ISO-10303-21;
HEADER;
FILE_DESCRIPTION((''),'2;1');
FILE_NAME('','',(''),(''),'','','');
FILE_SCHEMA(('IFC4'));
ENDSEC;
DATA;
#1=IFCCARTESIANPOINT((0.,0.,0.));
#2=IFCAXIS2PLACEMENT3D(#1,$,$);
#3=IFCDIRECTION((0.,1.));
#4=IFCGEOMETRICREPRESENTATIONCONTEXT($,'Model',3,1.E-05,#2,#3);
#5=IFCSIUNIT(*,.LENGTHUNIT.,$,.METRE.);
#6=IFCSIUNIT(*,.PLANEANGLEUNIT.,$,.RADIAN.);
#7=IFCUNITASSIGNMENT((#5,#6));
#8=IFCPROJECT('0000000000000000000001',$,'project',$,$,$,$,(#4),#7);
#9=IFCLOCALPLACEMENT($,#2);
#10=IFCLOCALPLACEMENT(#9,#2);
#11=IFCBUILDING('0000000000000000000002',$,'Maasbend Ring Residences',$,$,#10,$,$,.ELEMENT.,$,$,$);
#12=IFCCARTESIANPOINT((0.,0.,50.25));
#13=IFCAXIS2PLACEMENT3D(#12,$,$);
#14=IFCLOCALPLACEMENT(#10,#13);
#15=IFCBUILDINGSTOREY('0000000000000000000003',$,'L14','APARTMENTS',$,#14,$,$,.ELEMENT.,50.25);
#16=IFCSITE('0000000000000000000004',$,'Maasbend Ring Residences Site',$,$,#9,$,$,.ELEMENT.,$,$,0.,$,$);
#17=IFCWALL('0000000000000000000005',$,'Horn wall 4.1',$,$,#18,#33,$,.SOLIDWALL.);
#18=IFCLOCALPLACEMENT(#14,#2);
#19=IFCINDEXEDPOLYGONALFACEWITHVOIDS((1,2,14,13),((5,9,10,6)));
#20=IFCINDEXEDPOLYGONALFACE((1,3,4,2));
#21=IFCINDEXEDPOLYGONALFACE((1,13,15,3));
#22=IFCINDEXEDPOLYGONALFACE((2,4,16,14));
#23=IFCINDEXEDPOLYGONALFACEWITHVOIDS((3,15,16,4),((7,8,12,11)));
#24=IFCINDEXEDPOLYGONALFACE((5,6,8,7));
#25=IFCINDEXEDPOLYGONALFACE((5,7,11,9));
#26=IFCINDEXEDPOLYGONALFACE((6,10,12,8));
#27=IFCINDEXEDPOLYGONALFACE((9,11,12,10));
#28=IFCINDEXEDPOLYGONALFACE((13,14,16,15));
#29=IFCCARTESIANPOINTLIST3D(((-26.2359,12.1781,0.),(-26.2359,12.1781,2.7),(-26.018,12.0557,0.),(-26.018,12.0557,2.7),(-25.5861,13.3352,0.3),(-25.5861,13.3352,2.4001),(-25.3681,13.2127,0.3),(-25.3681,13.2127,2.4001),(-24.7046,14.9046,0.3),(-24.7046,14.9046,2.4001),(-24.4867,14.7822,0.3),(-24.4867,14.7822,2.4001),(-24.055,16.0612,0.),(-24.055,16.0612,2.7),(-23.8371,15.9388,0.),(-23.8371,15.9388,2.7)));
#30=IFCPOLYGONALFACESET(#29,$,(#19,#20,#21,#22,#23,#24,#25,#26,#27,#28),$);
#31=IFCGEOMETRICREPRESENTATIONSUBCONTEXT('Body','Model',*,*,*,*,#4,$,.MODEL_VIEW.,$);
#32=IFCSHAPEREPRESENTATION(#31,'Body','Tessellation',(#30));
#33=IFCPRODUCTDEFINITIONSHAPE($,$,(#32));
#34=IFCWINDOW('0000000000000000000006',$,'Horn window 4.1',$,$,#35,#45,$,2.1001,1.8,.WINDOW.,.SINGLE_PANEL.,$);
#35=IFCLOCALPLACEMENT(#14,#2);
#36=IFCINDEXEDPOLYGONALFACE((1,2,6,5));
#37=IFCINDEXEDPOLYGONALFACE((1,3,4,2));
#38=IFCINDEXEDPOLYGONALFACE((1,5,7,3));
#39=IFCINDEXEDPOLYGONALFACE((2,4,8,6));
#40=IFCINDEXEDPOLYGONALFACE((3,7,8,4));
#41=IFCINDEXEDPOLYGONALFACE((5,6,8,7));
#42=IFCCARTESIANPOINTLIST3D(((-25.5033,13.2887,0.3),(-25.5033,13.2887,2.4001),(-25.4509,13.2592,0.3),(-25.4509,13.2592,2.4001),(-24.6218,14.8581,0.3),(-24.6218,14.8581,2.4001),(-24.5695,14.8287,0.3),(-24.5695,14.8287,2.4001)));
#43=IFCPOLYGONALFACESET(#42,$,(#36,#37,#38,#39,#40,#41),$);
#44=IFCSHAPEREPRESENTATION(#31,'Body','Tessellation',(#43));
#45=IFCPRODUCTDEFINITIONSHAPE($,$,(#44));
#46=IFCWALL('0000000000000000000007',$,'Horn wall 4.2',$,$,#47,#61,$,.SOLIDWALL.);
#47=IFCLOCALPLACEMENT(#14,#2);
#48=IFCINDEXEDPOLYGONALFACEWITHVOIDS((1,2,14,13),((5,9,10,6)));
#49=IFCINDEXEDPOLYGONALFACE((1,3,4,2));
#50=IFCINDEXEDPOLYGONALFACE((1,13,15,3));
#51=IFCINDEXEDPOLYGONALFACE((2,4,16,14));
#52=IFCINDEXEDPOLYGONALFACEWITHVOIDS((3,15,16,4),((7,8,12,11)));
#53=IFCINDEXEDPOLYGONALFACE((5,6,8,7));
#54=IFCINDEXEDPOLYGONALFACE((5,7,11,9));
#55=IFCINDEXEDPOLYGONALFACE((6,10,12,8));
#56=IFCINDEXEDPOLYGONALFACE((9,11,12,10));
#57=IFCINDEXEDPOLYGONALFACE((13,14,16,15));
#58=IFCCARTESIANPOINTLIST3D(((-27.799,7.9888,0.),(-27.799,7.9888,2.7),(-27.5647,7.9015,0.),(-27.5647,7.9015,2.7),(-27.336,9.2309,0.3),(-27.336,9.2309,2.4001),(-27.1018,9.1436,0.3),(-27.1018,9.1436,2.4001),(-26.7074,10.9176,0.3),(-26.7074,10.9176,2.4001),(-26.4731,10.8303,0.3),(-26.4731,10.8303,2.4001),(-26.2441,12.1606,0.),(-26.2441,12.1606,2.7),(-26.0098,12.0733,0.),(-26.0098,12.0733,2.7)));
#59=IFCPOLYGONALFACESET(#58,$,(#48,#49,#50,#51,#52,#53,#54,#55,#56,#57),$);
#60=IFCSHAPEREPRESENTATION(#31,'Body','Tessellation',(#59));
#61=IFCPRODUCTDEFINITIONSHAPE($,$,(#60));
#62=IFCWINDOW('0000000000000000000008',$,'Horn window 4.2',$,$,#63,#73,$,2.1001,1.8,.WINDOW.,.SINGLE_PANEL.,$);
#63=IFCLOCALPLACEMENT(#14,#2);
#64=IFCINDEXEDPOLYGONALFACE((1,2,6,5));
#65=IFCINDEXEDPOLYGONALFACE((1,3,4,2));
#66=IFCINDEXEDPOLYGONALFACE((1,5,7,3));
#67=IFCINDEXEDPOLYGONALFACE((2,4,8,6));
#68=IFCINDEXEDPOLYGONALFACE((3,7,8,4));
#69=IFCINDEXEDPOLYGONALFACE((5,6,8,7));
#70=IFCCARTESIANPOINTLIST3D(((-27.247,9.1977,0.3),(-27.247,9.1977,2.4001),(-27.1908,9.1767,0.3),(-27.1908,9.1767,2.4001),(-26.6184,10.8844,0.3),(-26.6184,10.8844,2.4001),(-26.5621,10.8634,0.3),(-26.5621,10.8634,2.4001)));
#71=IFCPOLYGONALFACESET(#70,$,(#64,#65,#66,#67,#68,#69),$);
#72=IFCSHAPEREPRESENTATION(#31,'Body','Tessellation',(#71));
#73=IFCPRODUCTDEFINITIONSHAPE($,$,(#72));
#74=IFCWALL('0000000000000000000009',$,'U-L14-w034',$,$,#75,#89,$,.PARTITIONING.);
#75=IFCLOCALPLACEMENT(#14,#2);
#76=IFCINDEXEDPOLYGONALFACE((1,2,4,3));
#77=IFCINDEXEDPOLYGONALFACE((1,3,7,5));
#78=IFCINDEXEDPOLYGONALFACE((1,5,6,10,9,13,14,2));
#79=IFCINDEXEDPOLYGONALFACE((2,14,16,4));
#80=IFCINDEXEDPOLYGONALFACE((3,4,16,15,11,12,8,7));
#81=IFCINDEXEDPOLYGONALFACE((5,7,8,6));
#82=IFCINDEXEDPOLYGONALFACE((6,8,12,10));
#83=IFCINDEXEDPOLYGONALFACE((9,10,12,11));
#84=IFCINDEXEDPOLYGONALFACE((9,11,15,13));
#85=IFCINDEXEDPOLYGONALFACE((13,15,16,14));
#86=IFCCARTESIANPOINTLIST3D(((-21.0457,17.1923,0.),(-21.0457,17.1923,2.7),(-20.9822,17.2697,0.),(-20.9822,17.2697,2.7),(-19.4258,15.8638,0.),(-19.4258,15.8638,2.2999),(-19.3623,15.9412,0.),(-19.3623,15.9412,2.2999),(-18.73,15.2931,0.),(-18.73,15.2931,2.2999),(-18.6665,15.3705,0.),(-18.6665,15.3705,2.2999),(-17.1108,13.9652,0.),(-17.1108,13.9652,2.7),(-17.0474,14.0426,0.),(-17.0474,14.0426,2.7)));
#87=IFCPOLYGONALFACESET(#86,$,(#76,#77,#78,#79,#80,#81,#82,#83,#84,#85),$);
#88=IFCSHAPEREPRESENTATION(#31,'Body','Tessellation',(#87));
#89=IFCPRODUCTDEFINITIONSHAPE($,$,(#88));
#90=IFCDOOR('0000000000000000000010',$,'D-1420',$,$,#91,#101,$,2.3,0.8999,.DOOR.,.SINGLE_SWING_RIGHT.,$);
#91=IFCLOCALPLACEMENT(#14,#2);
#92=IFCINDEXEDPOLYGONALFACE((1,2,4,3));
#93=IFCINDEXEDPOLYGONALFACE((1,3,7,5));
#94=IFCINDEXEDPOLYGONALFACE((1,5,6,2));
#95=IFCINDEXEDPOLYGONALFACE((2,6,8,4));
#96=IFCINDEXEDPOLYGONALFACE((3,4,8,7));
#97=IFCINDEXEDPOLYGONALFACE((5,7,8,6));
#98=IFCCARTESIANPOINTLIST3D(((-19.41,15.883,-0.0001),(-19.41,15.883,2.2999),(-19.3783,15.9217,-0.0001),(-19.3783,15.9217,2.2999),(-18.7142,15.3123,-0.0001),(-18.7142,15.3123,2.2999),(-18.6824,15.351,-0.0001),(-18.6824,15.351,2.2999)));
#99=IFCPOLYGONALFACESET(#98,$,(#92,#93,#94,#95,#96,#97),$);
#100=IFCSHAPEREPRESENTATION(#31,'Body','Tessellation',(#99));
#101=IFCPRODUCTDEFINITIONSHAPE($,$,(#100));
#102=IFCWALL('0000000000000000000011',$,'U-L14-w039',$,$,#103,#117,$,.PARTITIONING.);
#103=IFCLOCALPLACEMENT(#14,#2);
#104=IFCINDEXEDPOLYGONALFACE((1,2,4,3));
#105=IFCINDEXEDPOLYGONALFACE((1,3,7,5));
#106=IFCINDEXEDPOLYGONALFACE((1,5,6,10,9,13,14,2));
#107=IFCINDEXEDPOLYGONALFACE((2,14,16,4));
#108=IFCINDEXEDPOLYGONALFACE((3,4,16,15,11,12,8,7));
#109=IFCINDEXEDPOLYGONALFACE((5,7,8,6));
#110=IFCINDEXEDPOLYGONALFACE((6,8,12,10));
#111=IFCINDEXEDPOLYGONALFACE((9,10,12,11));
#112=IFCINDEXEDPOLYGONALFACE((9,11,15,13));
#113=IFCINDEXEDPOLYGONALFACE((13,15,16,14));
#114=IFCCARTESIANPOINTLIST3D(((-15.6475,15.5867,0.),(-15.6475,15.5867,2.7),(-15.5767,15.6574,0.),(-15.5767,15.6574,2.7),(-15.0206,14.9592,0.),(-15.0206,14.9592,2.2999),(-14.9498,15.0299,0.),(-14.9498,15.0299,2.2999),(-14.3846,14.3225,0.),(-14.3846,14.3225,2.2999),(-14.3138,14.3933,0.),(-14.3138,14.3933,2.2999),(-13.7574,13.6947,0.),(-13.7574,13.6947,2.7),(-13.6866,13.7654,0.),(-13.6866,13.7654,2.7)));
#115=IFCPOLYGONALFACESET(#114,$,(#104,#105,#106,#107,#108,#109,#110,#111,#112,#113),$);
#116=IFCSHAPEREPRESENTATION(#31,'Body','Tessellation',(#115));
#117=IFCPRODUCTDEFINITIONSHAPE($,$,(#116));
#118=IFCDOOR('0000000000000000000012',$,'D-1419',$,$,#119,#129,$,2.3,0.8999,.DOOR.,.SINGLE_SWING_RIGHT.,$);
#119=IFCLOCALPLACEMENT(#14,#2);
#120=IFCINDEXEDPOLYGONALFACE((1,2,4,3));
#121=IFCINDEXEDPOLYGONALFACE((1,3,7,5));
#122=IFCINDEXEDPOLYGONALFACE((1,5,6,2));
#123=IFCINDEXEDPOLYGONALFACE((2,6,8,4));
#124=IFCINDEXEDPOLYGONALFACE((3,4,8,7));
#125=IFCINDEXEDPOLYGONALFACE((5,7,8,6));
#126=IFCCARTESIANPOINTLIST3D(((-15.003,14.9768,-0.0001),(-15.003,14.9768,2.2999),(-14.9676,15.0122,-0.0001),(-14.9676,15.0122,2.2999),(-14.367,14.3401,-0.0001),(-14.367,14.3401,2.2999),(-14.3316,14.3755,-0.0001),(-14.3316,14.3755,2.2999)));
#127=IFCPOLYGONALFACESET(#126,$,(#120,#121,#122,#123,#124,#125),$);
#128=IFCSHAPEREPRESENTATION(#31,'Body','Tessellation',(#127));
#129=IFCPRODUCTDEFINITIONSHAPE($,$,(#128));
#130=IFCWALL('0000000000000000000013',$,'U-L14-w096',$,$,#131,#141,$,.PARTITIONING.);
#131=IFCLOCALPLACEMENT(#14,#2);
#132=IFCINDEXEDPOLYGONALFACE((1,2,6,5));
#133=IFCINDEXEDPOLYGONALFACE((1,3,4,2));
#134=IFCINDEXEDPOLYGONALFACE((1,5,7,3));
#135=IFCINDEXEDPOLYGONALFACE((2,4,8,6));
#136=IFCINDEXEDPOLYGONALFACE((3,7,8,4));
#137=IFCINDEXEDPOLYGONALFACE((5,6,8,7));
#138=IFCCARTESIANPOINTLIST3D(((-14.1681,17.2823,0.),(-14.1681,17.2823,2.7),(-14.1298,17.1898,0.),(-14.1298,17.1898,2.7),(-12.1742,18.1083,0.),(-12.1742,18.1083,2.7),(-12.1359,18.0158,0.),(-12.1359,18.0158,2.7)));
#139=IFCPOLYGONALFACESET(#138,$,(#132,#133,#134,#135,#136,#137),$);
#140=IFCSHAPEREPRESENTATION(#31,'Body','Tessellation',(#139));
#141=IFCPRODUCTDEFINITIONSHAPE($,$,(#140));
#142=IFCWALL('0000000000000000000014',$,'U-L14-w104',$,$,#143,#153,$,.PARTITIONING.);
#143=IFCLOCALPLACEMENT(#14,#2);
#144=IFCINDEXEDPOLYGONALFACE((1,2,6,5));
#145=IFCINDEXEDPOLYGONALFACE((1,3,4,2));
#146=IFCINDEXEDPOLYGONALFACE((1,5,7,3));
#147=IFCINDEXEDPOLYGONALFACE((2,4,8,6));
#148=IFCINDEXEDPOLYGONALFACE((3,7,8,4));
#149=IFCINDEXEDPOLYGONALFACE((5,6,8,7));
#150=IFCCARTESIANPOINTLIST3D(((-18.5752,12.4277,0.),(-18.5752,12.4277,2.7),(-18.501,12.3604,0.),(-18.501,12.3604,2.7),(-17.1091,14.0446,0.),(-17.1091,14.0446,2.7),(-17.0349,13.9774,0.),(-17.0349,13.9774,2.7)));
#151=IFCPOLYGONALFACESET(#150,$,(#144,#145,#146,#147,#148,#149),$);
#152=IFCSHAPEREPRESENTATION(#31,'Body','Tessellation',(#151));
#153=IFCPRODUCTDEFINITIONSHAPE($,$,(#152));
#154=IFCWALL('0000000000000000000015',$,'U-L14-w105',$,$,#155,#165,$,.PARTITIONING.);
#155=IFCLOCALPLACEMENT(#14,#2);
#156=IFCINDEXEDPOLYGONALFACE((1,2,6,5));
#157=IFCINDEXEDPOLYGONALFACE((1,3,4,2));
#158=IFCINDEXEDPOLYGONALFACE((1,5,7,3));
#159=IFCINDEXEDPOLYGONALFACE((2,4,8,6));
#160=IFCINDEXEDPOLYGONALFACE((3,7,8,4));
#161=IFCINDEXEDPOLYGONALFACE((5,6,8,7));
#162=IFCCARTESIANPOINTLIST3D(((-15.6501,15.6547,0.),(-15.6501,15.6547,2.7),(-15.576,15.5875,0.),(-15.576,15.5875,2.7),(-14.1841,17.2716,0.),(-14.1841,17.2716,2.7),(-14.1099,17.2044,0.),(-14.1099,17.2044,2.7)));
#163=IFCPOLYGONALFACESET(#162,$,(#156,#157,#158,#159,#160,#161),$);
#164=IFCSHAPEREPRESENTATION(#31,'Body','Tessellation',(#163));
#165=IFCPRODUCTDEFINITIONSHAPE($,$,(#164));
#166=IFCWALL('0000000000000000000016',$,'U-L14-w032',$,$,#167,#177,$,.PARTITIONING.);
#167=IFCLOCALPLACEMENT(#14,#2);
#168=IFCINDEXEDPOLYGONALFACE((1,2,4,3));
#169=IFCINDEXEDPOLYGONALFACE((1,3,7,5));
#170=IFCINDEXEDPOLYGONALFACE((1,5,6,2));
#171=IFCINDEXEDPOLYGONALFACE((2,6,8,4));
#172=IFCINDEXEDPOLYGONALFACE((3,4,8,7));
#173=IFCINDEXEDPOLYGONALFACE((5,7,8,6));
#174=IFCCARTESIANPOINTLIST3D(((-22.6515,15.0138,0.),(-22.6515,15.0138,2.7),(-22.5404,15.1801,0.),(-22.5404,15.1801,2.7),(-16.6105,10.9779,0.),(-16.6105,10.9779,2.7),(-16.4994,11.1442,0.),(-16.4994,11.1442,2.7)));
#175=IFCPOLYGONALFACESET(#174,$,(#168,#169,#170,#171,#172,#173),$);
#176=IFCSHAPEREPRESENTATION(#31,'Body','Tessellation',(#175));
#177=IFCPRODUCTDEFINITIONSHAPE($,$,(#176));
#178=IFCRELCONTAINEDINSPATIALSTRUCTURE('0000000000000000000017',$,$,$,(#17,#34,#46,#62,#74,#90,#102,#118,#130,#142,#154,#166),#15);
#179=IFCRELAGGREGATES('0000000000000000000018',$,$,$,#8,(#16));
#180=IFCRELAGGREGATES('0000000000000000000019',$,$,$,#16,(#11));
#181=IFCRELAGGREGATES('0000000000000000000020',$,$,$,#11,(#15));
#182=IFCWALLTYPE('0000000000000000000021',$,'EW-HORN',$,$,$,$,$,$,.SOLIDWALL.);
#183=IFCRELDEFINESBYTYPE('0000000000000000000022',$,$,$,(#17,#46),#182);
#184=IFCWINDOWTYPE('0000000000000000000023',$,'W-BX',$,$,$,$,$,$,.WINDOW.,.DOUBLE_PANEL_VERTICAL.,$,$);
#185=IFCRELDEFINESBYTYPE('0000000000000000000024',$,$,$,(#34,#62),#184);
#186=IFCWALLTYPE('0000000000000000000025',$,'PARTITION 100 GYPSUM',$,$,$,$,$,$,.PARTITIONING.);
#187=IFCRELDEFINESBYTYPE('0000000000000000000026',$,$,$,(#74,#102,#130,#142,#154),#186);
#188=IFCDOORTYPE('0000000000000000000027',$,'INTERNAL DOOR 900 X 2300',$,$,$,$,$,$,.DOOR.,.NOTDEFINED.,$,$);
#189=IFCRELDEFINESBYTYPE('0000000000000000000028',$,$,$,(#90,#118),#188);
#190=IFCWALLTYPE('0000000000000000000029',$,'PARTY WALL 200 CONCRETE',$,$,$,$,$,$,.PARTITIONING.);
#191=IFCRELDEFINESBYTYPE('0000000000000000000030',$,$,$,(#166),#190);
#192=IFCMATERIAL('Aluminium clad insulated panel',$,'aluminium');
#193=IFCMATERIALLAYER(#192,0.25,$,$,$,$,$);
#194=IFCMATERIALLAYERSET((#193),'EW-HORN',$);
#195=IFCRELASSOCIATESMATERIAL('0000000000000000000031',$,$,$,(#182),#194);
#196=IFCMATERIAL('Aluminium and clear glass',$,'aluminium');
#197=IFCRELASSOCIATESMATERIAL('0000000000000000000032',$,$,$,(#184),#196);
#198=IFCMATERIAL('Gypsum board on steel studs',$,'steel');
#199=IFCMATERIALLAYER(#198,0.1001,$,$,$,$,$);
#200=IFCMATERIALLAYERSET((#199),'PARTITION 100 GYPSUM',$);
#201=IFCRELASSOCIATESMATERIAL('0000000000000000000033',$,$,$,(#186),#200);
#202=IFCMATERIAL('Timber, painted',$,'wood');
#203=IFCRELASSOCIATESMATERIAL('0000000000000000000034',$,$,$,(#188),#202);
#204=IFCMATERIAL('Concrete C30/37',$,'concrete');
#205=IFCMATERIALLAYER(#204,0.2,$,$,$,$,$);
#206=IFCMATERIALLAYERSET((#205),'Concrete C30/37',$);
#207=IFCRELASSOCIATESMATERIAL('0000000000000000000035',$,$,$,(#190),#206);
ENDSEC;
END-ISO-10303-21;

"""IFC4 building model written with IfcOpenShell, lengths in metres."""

from ifc_helpers import new_model, si_unit, direction, frame, frame_2d, origin, place, context, subcontext, project, spatial, rectangle, extrude, material, layer, layer_set, type_object, element, fill, save


model = new_model("IFC4")

# Units and contexts
model_context = context("Model", 3, precision=1e-05, world=origin(), true_north=direction((0.0, 1.0)))
body_context = subcontext(model_context, "Body", "Model", "MODEL_VIEW")
ifc_project = project(units=[si_unit("LENGTHUNIT", "METRE"), si_unit("PLANEANGLEUNIT", "RADIAN")], contexts=[model_context])

# Site, building, storey
site_placement = place(None, origin())
site = spatial("IfcSite", under=ifc_project, at=site_placement, Name="Maasbend Ring Residences Site", CompositionType="ELEMENT", RefElevation=0.0)
building_placement = place(site_placement, origin())
building = spatial("IfcBuilding", under=site, at=building_placement, Name="Maasbend Ring Residences", CompositionType="ELEMENT")
storey_placement = place(building_placement, frame((0.0, 0.0, 50.25)))
storey = spatial("IfcBuildingStorey", under=building, at=storey_placement, Name="L14", Description="APARTMENTS", CompositionType="ELEMENT", Elevation=50.25)

# Walls, openings, windows
ifc_material_1 = material(Name="Aluminium clad insulated panel", Category="aluminium")
ifc_layer_1 = layer(ifc_material_1, 0.25)
ifc_layer_set_1 = layer_set([ifc_layer_1], Name="EW-HORN")
wall_type_1 = type_object("IfcWallType", Name="EW-HORN", PredefinedType="SOLIDWALL", material=ifc_layer_set_1)
wall_1_placement = place(storey_placement, frame((-23.946, 16.0, 0.0), z_axis=(0.0, 0.0, 1.0), x_axis=(-0.489696, -0.871893, 0.0)))
wall_1 = element("IfcWall", 1, at=wall_1_placement, inside=storey, type_object=wall_type_1, Name="Horn wall 4.1", PredefinedType="SOLIDWALL", context=body_context, shape_type="SweptSolid", body=[
    extrude(rectangle(XDim=4.4536, YDim=0.25, at=frame_2d((2.2268, 0.0))), origin(), (0.0, 0.0, 1.0), 2.7),
])
opening_1_placement = place(wall_1_placement, frame((1.3267, 0.0, 0.3)))
opening_1 = element("IfcOpeningElement", 2, at=opening_1_placement, cuts=wall_1, PredefinedType="OPENING", context=body_context, shape_type="SweptSolid", body=[
    extrude(rectangle(XDim=1.8, YDim=2.1001, at=frame_2d((0.8999, 1.05))), frame((0.0, 0.135, 0.0), z_axis=(0.0, -1.0, 0.0), x_axis=(1.0, 0.0, 0.0)), (0.0, 0.0, 1.0), 0.27),
])
ifc_material_2 = material(Name="Aluminium and clear glass", Category="aluminium")
window_type = type_object("IfcWindowType", Name="W-BX", PartitioningType="DOUBLE_PANEL_VERTICAL", PredefinedType="WINDOW", material=ifc_material_2)
window_1_placement = place(opening_1_placement, origin())
window_1 = element("IfcWindow", 3, at=window_1_placement, inside=storey, type_object=window_type, Name="Horn window 4.1", OverallHeight=2.1001, OverallWidth=1.8, PartitioningType="SINGLE_PANEL", PredefinedType="WINDOW", context=body_context, shape_type="SweptSolid", body=[
    extrude(rectangle(XDim=1.8, YDim=2.1001, at=frame_2d((0.8999, 1.05))), frame((0.0, 0.03, 0.0), z_axis=(0.0, -1.0, 0.0), x_axis=(1.0, 0.0, 0.0)), (0.0, 0.0, 1.0), 0.0601),
])
fill(opening_1, window_1)
wall_2_placement = place(storey_placement, frame((-26.127, 12.1169, 0.0), z_axis=(0.0, 0.0, 1.0), x_axis=(-0.349248, -0.93703, 0.0)))
wall_2 = element("IfcWall", 4, at=wall_2_placement, inside=storey, type_object=wall_type_1, Name="Horn wall 4.2", PredefinedType="SOLIDWALL", context=body_context, shape_type="SweptSolid", body=[
    extrude(rectangle(XDim=4.4521, YDim=0.25, at=frame_2d((2.2261, 0.0))), origin(), (0.0, 0.0, 1.0), 2.7),
])
opening_2_placement = place(wall_2_placement, frame((1.3267, 0.0, 0.3)))
opening_2 = element("IfcOpeningElement", 5, at=opening_2_placement, cuts=wall_2, PredefinedType="OPENING", context=body_context, shape_type="SweptSolid", body=[
    extrude(rectangle(XDim=1.8, YDim=2.1001, at=frame_2d((0.8999, 1.05))), frame((0.0, 0.135, 0.0), z_axis=(0.0, -1.0, 0.0), x_axis=(1.0, 0.0, 0.0)), (0.0, 0.0, 1.0), 0.27),
])
window_2_placement = place(opening_2_placement, origin())
window_2 = element("IfcWindow", 6, at=window_2_placement, inside=storey, type_object=window_type, Name="Horn window 4.2", OverallHeight=2.1001, OverallWidth=1.8, PartitioningType="SINGLE_PANEL", PredefinedType="WINDOW", context=body_context, shape_type="SweptSolid", body=[
    extrude(rectangle(XDim=1.8, YDim=2.1001, at=frame_2d((0.8999, 1.05))), frame((0.0, 0.03, 0.0), z_axis=(0.0, -1.0, 0.0), x_axis=(1.0, 0.0, 0.0)), (0.0, 0.0, 1.0), 0.0601),
])
fill(opening_2, window_2)

# Walls, openings, doors
ifc_material_3 = material(Name="Gypsum board on steel studs", Category="steel")
ifc_layer_2 = layer(ifc_material_3, 0.1001)
ifc_layer_set_2 = layer_set([ifc_layer_2], Name="PARTITION 100 GYPSUM")
wall_type_2 = type_object("IfcWallType", Name="PARTITION 100 GYPSUM", PredefinedType="PARTITIONING", material=ifc_layer_set_2)
wall_3_placement = place(storey_placement, frame((-21.0139, 17.231, 0.0), z_axis=(0.0, 0.0, 1.0), x_axis=(0.773219, -0.634139, 0.0)))
wall_3 = element("IfcWall", 7, at=wall_3_placement, inside=storey, type_object=wall_type_2, Name="U-L14-w034", PredefinedType="PARTITIONING", context=body_context, shape_type="SweptSolid", body=[
    extrude(rectangle(XDim=5.0889, YDim=0.1001, at=frame_2d((2.5444, 0.0))), origin(), (0.0, 0.0, 1.0), 2.7),
])
opening_3_placement = place(wall_3_placement, frame((2.095, 0.0, 0.0)))
opening_3 = element("IfcOpeningElement", 8, at=opening_3_placement, cuts=wall_3, PredefinedType="OPENING", context=body_context, shape_type="SweptSolid", body=[
    extrude(rectangle(XDim=0.8999, YDim=2.3, at=frame_2d((0.45, 1.1499))), frame((0.0, 0.0601, 0.0), z_axis=(0.0, -1.0, 0.0), x_axis=(1.0, 0.0, 0.0)), (0.0, 0.0, 1.0), 0.1201),
])
ifc_material_4 = material(Name="Timber, painted", Category="wood")
door_type_1 = type_object("IfcDoorType", Name="INTERNAL DOOR 900 X 2300", OperationType="NOTDEFINED", PredefinedType="DOOR", material=ifc_material_4)
door_1_placement = place(opening_3_placement, origin())
door_1 = element("IfcDoor", 9, at=door_1_placement, inside=storey, type_object=door_type_1, Name="D-1420", OperationType="SINGLE_SWING_RIGHT", OverallHeight=2.3, OverallWidth=0.8999, PredefinedType="DOOR", context=body_context, shape_type="SweptSolid", body=[
    extrude(rectangle(XDim=0.8999, YDim=2.3, at=frame_2d((0.45, 1.1499))), frame((0.0, 0.0249, 0.0), z_axis=(0.0, -1.0, 0.0), x_axis=(1.0, 0.0, 0.0)), (0.0, 0.0, 1.0), 0.05),
])
fill(opening_3, door_1)
wall_4_placement = place(storey_placement, frame((-15.6121, 15.6221, 0.0), z_axis=(0.0, 0.0, 1.0), x_axis=(0.706742, -0.707472, 0.0)))
wall_4 = element("IfcWall", 10, at=wall_4_placement, inside=storey, type_object=wall_type_2, Name="U-L14-w039", PredefinedType="PARTITIONING", context=body_context, shape_type="SweptSolid", body=[
    extrude(rectangle(XDim=2.6743, YDim=0.1001, at=frame_2d((1.3372, 0.0))), origin(), (0.0, 0.0, 1.0), 2.7),
])
opening_4_placement = place(wall_4_placement, frame((0.887, 0.0, 0.0)))
opening_4 = element("IfcOpeningElement", 11, at=opening_4_placement, cuts=wall_4, PredefinedType="OPENING", context=body_context, shape_type="SweptSolid", body=[
    extrude(rectangle(XDim=0.8999, YDim=2.3, at=frame_2d((0.45, 1.1499))), frame((0.0, 0.0601, 0.0), z_axis=(0.0, -1.0, 0.0), x_axis=(1.0, 0.0, 0.0)), (0.0, 0.0, 1.0), 0.1201),
])
door_2_placement = place(opening_4_placement, origin())
door_2 = element("IfcDoor", 12, at=door_2_placement, inside=storey, type_object=door_type_1, Name="D-1419", OperationType="SINGLE_SWING_RIGHT", OverallHeight=2.3, OverallWidth=0.8999, PredefinedType="DOOR", context=body_context, shape_type="SweptSolid", body=[
    extrude(rectangle(XDim=0.8999, YDim=2.3, at=frame_2d((0.45, 1.1499))), frame((0.0, 0.0249, 0.0), z_axis=(0.0, -1.0, 0.0), x_axis=(1.0, 0.0, 0.0)), (0.0, 0.0, 1.0), 0.05),
])
fill(opening_4, door_2)

# Walls
wall_5_placement = place(storey_placement, frame((-14.1489, 17.2361, 0.0), z_axis=(0.0, 0.0, 1.0), x_axis=(0.923875, 0.382695, 0.0)))
element("IfcWall", 13, at=wall_5_placement, inside=storey, type_object=wall_type_2, Name="U-L14-w096", PredefinedType="PARTITIONING", context=body_context, shape_type="SweptSolid", body=[
    extrude(rectangle(XDim=2.1582, YDim=0.1001, at=frame_2d((1.0791, 0.0))), origin(), (0.0, 0.0, 1.0), 2.7),
])
for number, where, z_axis, x_axis, name in (
    (14, (-18.5381, 12.394, 0.0), (0.0, 0.0, 1.0), (0.671698, 0.740825, 0.0), "U-L14-w104"),
    (15, (-15.613, 15.6211, 0.0), (0.0, 0.0, 1.0), (0.671698, 0.740825, 0.0), "U-L14-w105"),
):
    element("IfcWall", number, at=place(storey_placement, frame(where, z_axis=z_axis, x_axis=x_axis)), inside=storey, type_object=wall_type_2, Name=name, PredefinedType="PARTITIONING", context=body_context, shape_type="SweptSolid", body=[
        extrude(rectangle(XDim=2.1826, YDim=0.1001, at=frame_2d((1.0913, 0.0))), origin(), (0.0, 0.0, 1.0), 2.7),
    ])
ifc_material_5 = material(Name="Concrete C30/37", Category="concrete")
ifc_layer_3 = layer(ifc_material_5, 0.2)
ifc_layer_set_3 = layer_set([ifc_layer_3], Name="Concrete C30/37")
wall_type_3 = type_object("IfcWallType", Name="PARTY WALL 200 CONCRETE", PredefinedType="PARTITIONING", material=ifc_layer_set_3)
wall_6_placement = place(storey_placement, frame((-22.5959, 15.0969, 0.0), z_axis=(0.0, 0.0, 1.0), x_axis=(0.831507, -0.555514, 0.0)))
element("IfcWall", 16, at=wall_6_placement, inside=storey, type_object=wall_type_3, Name="U-L14-w032", PredefinedType="PARTITIONING", context=body_context, shape_type="SweptSolid", body=[
    extrude(rectangle(XDim=7.2651, YDim=0.2, at=frame_2d((3.6326, 0.0))), origin(), (0.0, 0.0, 1.0), 2.7),
])

save(model, "model.ifc")
